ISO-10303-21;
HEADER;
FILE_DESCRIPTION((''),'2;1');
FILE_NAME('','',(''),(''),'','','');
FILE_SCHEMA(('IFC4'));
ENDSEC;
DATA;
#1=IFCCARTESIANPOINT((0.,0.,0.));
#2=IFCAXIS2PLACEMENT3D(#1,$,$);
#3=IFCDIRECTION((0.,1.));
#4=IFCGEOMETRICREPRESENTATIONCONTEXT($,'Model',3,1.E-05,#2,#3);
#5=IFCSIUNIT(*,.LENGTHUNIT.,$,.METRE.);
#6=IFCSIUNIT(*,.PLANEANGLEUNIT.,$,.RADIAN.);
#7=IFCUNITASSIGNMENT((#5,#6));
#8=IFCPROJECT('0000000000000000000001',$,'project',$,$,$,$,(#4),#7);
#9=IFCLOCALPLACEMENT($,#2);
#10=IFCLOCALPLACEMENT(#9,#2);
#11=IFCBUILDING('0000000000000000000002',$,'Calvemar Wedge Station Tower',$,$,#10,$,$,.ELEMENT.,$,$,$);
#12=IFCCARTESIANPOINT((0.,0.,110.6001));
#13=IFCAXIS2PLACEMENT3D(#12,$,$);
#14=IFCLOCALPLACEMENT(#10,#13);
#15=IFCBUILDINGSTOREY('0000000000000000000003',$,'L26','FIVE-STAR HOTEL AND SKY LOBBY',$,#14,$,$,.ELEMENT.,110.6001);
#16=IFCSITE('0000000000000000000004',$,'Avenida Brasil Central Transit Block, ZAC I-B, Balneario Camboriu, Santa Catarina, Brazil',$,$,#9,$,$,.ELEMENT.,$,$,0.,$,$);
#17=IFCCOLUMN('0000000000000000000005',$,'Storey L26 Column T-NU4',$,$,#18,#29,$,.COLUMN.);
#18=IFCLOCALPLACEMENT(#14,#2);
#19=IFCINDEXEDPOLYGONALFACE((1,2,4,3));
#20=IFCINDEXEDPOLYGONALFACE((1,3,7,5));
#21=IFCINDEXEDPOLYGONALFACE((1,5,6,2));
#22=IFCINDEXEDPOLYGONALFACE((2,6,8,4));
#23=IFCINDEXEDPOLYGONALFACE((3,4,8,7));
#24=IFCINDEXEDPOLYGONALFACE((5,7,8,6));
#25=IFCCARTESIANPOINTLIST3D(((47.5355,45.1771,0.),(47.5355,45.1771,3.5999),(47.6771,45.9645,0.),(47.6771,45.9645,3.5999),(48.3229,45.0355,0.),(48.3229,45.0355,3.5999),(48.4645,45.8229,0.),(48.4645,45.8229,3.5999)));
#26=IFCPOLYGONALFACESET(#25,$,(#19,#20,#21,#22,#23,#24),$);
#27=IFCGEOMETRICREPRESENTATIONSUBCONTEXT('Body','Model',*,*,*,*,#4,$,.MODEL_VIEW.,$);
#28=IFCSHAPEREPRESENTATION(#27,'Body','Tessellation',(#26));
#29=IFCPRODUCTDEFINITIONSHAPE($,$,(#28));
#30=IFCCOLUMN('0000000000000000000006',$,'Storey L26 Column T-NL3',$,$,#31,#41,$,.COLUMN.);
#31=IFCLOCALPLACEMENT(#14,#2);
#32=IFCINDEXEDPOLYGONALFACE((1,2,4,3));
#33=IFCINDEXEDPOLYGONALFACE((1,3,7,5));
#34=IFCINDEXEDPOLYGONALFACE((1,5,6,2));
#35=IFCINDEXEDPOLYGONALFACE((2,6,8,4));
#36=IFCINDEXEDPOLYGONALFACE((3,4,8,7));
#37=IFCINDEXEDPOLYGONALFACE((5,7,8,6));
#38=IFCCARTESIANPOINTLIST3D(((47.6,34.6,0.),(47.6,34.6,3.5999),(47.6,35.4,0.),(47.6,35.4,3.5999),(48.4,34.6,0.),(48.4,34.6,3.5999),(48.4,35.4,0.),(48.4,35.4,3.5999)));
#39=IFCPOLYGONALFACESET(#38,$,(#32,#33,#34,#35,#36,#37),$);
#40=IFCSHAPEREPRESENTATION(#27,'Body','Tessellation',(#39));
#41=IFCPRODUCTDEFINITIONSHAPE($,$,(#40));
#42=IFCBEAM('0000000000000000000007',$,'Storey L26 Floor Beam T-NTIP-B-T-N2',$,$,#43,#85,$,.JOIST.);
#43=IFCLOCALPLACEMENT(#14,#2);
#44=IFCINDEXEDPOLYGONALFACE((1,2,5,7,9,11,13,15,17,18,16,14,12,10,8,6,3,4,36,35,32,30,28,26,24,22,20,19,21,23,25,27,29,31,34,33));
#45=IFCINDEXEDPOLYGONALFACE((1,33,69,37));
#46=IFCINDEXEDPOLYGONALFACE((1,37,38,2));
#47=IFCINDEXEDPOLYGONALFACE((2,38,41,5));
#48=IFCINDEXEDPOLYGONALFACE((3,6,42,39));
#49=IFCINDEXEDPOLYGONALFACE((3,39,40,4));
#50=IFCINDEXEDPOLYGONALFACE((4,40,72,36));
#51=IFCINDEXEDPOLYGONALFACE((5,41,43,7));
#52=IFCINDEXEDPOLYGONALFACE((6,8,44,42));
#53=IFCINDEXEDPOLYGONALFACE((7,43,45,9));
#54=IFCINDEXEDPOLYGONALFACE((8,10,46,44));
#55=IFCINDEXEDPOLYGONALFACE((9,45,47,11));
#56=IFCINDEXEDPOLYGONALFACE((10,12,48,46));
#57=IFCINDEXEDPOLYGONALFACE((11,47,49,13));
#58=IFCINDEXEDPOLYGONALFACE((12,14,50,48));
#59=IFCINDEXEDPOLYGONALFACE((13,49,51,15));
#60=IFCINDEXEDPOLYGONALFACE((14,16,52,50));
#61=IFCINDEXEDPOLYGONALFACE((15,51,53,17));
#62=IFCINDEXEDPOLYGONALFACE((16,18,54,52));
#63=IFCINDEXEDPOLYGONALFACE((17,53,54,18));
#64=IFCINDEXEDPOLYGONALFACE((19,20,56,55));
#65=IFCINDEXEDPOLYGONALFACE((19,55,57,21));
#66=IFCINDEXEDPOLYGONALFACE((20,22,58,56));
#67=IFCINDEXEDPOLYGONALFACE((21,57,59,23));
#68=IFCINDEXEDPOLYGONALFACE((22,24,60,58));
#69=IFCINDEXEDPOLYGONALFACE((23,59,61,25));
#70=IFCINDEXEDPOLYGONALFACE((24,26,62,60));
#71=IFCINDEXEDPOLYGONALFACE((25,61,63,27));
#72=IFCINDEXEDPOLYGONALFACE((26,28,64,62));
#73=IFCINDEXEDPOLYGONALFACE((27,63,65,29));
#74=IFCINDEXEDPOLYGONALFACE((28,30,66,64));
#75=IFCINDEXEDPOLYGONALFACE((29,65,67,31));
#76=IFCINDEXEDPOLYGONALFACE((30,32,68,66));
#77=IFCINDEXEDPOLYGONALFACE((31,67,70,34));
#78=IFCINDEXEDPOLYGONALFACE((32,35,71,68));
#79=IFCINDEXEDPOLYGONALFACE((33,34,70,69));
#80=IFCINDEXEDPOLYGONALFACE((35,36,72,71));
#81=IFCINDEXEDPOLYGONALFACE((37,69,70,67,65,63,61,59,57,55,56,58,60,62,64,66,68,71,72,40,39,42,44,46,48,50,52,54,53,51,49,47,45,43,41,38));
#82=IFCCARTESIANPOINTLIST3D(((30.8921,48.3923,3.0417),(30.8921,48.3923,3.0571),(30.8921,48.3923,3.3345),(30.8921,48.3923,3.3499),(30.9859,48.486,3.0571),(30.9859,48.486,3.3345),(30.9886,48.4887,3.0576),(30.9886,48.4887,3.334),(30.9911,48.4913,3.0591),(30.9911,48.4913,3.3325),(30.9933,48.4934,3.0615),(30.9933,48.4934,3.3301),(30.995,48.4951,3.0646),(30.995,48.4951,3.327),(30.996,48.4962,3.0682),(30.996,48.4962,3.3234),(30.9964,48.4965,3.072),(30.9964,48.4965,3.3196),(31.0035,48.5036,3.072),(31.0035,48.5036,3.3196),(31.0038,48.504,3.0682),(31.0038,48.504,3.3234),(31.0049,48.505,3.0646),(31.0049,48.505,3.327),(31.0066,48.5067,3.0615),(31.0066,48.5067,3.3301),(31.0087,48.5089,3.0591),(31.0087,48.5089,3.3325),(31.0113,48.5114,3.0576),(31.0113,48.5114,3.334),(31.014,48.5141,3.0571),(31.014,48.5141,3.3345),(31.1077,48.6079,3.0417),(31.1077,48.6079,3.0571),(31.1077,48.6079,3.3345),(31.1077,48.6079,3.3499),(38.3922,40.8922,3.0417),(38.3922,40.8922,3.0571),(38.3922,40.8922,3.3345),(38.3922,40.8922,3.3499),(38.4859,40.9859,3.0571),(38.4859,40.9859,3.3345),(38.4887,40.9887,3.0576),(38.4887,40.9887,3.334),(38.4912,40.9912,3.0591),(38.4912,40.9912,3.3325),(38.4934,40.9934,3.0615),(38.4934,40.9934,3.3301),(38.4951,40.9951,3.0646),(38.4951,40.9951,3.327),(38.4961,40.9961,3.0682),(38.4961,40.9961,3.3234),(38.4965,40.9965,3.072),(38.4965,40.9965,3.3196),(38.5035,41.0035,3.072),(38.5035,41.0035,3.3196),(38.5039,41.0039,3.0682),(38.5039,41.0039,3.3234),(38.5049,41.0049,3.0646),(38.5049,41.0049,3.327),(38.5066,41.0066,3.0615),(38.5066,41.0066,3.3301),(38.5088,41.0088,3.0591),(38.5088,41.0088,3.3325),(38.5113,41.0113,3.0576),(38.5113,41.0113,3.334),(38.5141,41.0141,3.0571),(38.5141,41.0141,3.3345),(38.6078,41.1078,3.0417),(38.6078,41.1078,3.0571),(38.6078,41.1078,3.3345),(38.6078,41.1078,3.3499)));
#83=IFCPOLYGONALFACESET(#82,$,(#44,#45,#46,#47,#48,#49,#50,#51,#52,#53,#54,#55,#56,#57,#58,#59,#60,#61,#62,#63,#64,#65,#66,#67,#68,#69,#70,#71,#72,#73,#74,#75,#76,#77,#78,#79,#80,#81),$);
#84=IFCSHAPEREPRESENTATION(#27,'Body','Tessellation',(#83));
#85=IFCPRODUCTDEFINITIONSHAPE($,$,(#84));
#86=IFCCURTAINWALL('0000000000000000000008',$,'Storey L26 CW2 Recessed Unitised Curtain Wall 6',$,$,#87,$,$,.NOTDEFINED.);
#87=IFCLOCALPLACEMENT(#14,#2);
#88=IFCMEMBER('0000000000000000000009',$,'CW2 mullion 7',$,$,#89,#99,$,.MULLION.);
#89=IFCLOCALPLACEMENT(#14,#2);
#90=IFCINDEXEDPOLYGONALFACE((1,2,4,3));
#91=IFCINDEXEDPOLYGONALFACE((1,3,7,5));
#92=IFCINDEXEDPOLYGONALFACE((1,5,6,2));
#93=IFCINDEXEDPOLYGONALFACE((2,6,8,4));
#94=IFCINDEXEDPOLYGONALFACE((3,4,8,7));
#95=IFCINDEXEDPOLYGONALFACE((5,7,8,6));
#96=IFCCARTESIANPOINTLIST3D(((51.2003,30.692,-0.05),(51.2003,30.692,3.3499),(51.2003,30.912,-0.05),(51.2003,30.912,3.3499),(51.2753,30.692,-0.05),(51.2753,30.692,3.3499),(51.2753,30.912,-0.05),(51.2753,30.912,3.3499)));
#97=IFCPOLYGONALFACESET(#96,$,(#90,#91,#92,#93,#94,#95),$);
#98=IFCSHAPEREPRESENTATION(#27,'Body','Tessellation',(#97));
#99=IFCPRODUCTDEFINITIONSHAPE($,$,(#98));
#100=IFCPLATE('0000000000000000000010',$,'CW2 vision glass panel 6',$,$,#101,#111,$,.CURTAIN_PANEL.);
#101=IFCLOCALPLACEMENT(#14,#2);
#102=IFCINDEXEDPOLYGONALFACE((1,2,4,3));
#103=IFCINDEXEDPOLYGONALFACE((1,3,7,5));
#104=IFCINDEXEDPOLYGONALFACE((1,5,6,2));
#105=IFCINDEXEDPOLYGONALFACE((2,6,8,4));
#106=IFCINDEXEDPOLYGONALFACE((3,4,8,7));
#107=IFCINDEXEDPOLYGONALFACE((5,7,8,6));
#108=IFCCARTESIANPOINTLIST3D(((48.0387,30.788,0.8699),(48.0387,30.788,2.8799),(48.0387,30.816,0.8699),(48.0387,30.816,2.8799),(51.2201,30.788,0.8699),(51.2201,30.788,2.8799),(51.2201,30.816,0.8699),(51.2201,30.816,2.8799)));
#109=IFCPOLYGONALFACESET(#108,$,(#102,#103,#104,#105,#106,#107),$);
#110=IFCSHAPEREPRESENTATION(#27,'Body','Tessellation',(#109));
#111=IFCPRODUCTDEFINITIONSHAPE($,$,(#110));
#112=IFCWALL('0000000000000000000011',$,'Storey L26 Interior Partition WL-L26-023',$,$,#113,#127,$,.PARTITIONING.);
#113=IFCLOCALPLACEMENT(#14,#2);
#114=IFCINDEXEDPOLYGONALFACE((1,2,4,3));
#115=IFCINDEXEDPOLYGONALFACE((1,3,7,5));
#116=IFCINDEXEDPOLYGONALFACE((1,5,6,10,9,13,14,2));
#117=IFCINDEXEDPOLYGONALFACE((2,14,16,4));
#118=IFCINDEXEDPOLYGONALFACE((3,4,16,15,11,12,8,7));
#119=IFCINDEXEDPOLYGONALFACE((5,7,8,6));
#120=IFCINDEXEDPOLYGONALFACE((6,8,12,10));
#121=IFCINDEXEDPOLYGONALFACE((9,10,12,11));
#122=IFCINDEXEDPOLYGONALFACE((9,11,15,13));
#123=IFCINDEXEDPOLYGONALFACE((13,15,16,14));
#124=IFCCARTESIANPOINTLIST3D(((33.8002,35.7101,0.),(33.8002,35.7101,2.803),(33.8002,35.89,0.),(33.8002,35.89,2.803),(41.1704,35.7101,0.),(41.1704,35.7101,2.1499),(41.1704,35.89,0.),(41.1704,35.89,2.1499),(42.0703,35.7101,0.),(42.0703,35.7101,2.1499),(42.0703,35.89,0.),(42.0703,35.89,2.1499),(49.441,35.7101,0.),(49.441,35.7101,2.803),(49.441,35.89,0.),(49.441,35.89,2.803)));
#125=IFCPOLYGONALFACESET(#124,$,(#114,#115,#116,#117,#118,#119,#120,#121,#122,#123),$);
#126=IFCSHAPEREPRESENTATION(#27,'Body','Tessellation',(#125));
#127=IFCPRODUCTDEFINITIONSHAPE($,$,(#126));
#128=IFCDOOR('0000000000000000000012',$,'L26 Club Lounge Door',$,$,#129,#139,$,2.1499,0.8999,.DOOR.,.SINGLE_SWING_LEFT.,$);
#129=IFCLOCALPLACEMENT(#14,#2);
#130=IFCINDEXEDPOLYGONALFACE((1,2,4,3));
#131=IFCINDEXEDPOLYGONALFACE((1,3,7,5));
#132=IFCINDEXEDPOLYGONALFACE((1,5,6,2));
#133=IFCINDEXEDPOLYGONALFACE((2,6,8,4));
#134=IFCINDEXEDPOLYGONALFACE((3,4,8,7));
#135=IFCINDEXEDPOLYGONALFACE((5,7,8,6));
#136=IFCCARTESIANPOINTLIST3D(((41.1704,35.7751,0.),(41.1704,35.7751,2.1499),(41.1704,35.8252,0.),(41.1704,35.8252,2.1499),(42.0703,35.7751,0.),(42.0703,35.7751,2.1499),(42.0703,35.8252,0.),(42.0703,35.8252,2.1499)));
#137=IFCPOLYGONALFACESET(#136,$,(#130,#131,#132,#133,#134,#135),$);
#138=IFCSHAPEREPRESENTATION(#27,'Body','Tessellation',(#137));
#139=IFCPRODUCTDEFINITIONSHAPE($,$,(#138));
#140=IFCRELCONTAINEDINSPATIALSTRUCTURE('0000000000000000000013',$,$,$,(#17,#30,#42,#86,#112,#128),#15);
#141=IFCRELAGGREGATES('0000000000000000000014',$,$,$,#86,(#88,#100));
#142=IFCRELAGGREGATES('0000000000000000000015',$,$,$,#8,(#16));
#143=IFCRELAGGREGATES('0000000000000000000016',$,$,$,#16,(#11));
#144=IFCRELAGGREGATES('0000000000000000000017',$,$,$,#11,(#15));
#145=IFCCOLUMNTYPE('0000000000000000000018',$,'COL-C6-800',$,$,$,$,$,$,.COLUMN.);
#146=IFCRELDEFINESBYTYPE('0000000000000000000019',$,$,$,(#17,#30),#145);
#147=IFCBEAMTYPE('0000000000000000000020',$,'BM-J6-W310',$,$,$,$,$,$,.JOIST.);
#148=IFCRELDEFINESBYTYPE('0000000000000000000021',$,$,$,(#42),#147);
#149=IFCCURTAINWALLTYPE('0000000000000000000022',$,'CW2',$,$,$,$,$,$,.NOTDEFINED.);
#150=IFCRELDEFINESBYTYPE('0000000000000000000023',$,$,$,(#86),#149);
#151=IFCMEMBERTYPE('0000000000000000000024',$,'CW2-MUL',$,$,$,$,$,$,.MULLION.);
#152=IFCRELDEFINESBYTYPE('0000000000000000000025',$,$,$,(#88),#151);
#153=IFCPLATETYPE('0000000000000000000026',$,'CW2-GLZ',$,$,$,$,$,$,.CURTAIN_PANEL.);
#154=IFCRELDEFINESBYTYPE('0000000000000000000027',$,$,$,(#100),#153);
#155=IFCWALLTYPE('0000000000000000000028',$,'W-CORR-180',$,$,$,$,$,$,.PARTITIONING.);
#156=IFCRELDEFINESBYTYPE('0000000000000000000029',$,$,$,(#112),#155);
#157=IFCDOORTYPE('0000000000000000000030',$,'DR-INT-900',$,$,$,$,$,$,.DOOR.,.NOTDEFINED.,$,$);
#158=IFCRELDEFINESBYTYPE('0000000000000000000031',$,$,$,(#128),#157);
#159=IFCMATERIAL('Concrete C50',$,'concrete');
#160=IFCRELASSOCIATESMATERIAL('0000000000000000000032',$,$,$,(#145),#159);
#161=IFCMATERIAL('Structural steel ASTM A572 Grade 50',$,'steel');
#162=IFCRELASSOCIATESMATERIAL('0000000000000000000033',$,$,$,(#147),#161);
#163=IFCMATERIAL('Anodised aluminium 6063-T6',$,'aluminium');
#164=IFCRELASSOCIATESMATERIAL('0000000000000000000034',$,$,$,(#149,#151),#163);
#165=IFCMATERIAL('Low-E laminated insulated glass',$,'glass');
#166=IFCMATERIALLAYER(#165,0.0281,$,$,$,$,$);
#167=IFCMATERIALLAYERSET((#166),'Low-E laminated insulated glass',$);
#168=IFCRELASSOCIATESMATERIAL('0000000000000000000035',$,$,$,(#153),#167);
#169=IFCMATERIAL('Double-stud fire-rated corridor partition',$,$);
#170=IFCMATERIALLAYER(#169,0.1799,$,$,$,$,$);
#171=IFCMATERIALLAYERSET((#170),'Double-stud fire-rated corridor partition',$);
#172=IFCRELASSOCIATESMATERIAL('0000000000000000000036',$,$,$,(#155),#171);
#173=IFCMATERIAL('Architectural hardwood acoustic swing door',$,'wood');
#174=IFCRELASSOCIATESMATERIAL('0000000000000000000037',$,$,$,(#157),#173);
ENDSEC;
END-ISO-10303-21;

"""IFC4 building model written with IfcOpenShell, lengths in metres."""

from ifc_helpers import new_model, si_unit, direction, frame, frame_2d, origin, origin_2d, place, context, subcontext, project, spatial, rectangle, i_section, extrude, source, transform, mapped, material, layer, layer_set, material_profile, profile_set, type_object, element, fill, aggregate, save


model = new_model("IFC4")

# Units and contexts
model_context = context("Model", 3, precision=1e-05, world=origin(), true_north=direction((0.0, 1.0)))
body_context = subcontext(model_context, "Body", "Model", "MODEL_VIEW")
ifc_project = project(units=[si_unit("LENGTHUNIT", "METRE"), si_unit("PLANEANGLEUNIT", "RADIAN")], contexts=[model_context])

# Site, building, storey
site_placement = place(None, origin())
site = spatial("IfcSite", under=ifc_project, at=site_placement, Name="Avenida Brasil Central Transit Block, ZAC I-B, Balneario Camboriu, Santa Catarina, Brazil", CompositionType="ELEMENT", RefElevation=0.0)
building_placement = place(site_placement, origin())
building = spatial("IfcBuilding", under=site, at=building_placement, Name="Calvemar Wedge Station Tower", CompositionType="ELEMENT")
storey_placement = place(building_placement, frame((0.0, 0.0, 110.6001)))
storey = spatial("IfcBuildingStorey", under=building, at=storey_placement, Name="L26", Description="FIVE-STAR HOTEL AND SKY LOBBY", CompositionType="ELEMENT", Elevation=110.6001)

# Columns
ifc_material_1 = material(Name="Concrete C50", Category="concrete")
ifc_material_profile_1 = material_profile(ifc_material_1, rectangle(XDim=0.8, YDim=0.8, at=origin_2d()), Name="RC800x800")
ifc_profile_set_1 = profile_set([ifc_material_profile_1], Name="Concrete C50")
column_type = type_object("IfcColumnType", Name="COL-C6-800", PredefinedType="COLUMN", material=ifc_profile_set_1)
shared_shape_1 = source(origin(), body_context, "Body", "SweptSolid", [
    extrude(rectangle(XDim=0.8, YDim=0.8, at=origin_2d()), origin(), (0.0, 0.0, 1.0), 3.5999),
])
for number, where, z_axis, x_axis, name in (
    (1, (48.0, 45.5, 0.0), (0.0, 0.0, 1.0), (0.984196, -0.177085, 0.0), "Storey L26 Column T-NU4"),
    (2, (48.0, 35.0, 0.0), (0.0, 0.0, 1.0), (1.0, 0.0, 0.0), "Storey L26 Column T-NL3"),
):
    element("IfcColumn", number, at=place(storey_placement, frame(where, z_axis=z_axis, x_axis=x_axis)), inside=storey, type_object=column_type, Name=name, PredefinedType="COLUMN", context=body_context, shape_type="MappedRepresentation", body=[
        mapped(shared_shape_1, transform((0.0, 0.0, 0.0), scale=1.0)),
    ])

# Beam
ifc_material_2 = material(Name="Structural steel ASTM A572 Grade 50", Category="steel")
ifc_material_profile_2 = material_profile(ifc_material_2, i_section(OverallWidth=0.3049, OverallDepth=0.3081, WebThickness=0.01, FlangeThickness=0.0154, FilletRadius=0.0149, at=origin_2d()), Name="W310x97")
ifc_profile_set_2 = profile_set([ifc_material_profile_2], Name="Structural steel ASTM A572 Grade 50")
beam_type = type_object("IfcBeamType", Name="BM-J6-W310", PredefinedType="JOIST", material=ifc_profile_set_2)
shared_shape_2 = source(origin(), body_context, "Body", "SweptSolid", [
    extrude(i_section(OverallWidth=0.3049, OverallDepth=0.3081, WebThickness=0.01, FlangeThickness=0.0154, FilletRadius=0.0149, at=origin_2d()), origin(), (0.0, 0.0, 1.0), 10.6067),
])
beam_placement = place(storey_placement, frame((38.5, 41.0, 3.1958), z_axis=(-0.707107, 0.707107, 0.0), x_axis=(-0.707107, -0.707107, 0.0)))
element("IfcBeam", 3, at=beam_placement, inside=storey, type_object=beam_type, Name="Storey L26 Floor Beam T-NTIP-B-T-N2", PredefinedType="JOIST", context=body_context, shape_type="MappedRepresentation", body=[
    mapped(shared_shape_2, transform((0.0, 0.0, 0.0), scale=1.0)),
])

# Curtain wall, member, plate
ifc_material_3 = material(Name="Anodised aluminium 6063-T6", Category="aluminium")
curtain_wall_type = type_object("IfcCurtainWallType", Name="CW2", PredefinedType="NOTDEFINED", material=ifc_material_3)
curtain_wall_placement = place(storey_placement, origin())
curtain_wall = element("IfcCurtainWall", 4, at=curtain_wall_placement, inside=storey, type_object=curtain_wall_type, Name="Storey L26 CW2 Recessed Unitised Curtain Wall 6", PredefinedType="NOTDEFINED")
ifc_material_profile_3 = material_profile(ifc_material_3, rectangle(XDim=0.075, YDim=0.22, at=origin_2d()), Name="AL-MUL-75x220")
ifc_profile_set_3 = profile_set([ifc_material_profile_3], Name="Anodised aluminium 6063-T6")
member_type = type_object("IfcMemberType", Name="CW2-MUL", PredefinedType="MULLION", material=ifc_profile_set_3)
shared_shape_3 = source(origin(), body_context, "Body", "SweptSolid", [
    extrude(rectangle(XDim=0.075, YDim=0.22, at=origin_2d()), origin(), (0.0, 0.0, 1.0), 3.3999),
])
member_placement = place(storey_placement, frame((51.2378, 30.802, -0.05), z_axis=(0.0, 0.0, 1.0), x_axis=(1.0, 0.0, 0.0)))
member = element("IfcMember", 5, at=member_placement, type_object=member_type, Name="CW2 mullion 7", PredefinedType="MULLION", context=body_context, shape_type="MappedRepresentation", body=[
    mapped(shared_shape_3, transform((0.0, 0.0, 0.0), scale=1.0)),
])
ifc_material_4 = material(Name="Low-E laminated insulated glass", Category="glass")
ifc_layer_1 = layer(ifc_material_4, 0.0281)
ifc_layer_set_1 = layer_set([ifc_layer_1], Name="Low-E laminated insulated glass")
plate_type = type_object("IfcPlateType", Name="CW2-GLZ", PredefinedType="CURTAIN_PANEL", material=ifc_layer_set_1)
plate_placement = place(storey_placement, frame((48.0386, 30.802, 0.8699), z_axis=(0.0, 0.0, 1.0), x_axis=(1.0, 0.0, 0.0)))
plate = element("IfcPlate", 6, at=plate_placement, type_object=plate_type, Name="CW2 vision glass panel 6", PredefinedType="CURTAIN_PANEL", context=body_context, shape_type="SweptSolid", body=[
    extrude(rectangle(XDim=3.1814, YDim=0.0281, at=frame_2d((1.5908, 0.0))), origin(), (0.0, 0.0, 1.0), 2.01),
])
aggregate(curtain_wall, [member, plate])

# Wall, opening, door
ifc_material_5 = material(Name="Double-stud fire-rated corridor partition")
ifc_layer_2 = layer(ifc_material_5, 0.1799)
ifc_layer_set_2 = layer_set([ifc_layer_2], Name="Double-stud fire-rated corridor partition")
wall_type_1 = type_object("IfcWallType", Name="W-CORR-180", PredefinedType="PARTITIONING", material=ifc_layer_set_2)
shared_shape_4 = source(origin(), body_context, "Body", "SweptSolid", [
    extrude(rectangle(XDim=0.8999, YDim=2.1499, at=frame_2d((0.45, 1.075))), frame((0.0, 0.1001, 0.0), z_axis=(0.0, -1.0, 0.0), x_axis=(1.0, 0.0, 0.0)), (0.0, 0.0, 1.0), 0.2),
])
wall_1_placement = place(storey_placement, frame((49.4409, 35.8, 0.0), z_axis=(0.0, 0.0, 1.0), x_axis=(-1.0, 0.0, 0.0)))
wall_1 = element("IfcWall", 7, at=wall_1_placement, inside=storey, type_object=wall_type_1, Name="Storey L26 Interior Partition WL-L26-023", PredefinedType="PARTITIONING", context=body_context, shape_type="SweptSolid", body=[
    extrude(rectangle(XDim=15.6409, YDim=0.1799, at=frame_2d((7.8203, 0.0))), origin(), (0.0, 0.0, 1.0), 2.803),
])
opening_1_placement = place(wall_1_placement, frame((7.3706, 0.0, 0.0)))
opening_1 = element("IfcOpeningElement", 8, at=opening_1_placement, cuts=wall_1, PredefinedType="OPENING", context=body_context, shape_type="MappedRepresentation", body=[
    mapped(shared_shape_4, transform((0.0, 0.0, 0.0), scale=1.0)),
])
ifc_material_6 = material(Name="Architectural hardwood acoustic swing door", Category="wood")
door_type_1 = type_object("IfcDoorType", Name="DR-INT-900", OperationType="NOTDEFINED", PredefinedType="DOOR", material=ifc_material_6)
shared_shape_5 = source(origin(), body_context, "Body", "SweptSolid", [
    extrude(rectangle(XDim=0.8999, YDim=2.1499, at=frame_2d((0.45, 1.075))), frame((0.0, 0.0249, 0.0), z_axis=(0.0, -1.0, 0.0), x_axis=(1.0, 0.0, 0.0)), (0.0, 0.0, 1.0), 0.05),
])
door_1_placement = place(opening_1_placement, origin())
door_1 = element("IfcDoor", 9, at=door_1_placement, inside=storey, type_object=door_type_1, Name="L26 Club Lounge Door", OperationType="SINGLE_SWING_LEFT", OverallHeight=2.1499, OverallWidth=0.8999, PredefinedType="DOOR", context=body_context, shape_type="MappedRepresentation", body=[
    mapped(shared_shape_5, transform((0.0, 0.0, 0.0), scale=1.0)),
])
fill(opening_1, door_1)

save(model, "model.ifc")
